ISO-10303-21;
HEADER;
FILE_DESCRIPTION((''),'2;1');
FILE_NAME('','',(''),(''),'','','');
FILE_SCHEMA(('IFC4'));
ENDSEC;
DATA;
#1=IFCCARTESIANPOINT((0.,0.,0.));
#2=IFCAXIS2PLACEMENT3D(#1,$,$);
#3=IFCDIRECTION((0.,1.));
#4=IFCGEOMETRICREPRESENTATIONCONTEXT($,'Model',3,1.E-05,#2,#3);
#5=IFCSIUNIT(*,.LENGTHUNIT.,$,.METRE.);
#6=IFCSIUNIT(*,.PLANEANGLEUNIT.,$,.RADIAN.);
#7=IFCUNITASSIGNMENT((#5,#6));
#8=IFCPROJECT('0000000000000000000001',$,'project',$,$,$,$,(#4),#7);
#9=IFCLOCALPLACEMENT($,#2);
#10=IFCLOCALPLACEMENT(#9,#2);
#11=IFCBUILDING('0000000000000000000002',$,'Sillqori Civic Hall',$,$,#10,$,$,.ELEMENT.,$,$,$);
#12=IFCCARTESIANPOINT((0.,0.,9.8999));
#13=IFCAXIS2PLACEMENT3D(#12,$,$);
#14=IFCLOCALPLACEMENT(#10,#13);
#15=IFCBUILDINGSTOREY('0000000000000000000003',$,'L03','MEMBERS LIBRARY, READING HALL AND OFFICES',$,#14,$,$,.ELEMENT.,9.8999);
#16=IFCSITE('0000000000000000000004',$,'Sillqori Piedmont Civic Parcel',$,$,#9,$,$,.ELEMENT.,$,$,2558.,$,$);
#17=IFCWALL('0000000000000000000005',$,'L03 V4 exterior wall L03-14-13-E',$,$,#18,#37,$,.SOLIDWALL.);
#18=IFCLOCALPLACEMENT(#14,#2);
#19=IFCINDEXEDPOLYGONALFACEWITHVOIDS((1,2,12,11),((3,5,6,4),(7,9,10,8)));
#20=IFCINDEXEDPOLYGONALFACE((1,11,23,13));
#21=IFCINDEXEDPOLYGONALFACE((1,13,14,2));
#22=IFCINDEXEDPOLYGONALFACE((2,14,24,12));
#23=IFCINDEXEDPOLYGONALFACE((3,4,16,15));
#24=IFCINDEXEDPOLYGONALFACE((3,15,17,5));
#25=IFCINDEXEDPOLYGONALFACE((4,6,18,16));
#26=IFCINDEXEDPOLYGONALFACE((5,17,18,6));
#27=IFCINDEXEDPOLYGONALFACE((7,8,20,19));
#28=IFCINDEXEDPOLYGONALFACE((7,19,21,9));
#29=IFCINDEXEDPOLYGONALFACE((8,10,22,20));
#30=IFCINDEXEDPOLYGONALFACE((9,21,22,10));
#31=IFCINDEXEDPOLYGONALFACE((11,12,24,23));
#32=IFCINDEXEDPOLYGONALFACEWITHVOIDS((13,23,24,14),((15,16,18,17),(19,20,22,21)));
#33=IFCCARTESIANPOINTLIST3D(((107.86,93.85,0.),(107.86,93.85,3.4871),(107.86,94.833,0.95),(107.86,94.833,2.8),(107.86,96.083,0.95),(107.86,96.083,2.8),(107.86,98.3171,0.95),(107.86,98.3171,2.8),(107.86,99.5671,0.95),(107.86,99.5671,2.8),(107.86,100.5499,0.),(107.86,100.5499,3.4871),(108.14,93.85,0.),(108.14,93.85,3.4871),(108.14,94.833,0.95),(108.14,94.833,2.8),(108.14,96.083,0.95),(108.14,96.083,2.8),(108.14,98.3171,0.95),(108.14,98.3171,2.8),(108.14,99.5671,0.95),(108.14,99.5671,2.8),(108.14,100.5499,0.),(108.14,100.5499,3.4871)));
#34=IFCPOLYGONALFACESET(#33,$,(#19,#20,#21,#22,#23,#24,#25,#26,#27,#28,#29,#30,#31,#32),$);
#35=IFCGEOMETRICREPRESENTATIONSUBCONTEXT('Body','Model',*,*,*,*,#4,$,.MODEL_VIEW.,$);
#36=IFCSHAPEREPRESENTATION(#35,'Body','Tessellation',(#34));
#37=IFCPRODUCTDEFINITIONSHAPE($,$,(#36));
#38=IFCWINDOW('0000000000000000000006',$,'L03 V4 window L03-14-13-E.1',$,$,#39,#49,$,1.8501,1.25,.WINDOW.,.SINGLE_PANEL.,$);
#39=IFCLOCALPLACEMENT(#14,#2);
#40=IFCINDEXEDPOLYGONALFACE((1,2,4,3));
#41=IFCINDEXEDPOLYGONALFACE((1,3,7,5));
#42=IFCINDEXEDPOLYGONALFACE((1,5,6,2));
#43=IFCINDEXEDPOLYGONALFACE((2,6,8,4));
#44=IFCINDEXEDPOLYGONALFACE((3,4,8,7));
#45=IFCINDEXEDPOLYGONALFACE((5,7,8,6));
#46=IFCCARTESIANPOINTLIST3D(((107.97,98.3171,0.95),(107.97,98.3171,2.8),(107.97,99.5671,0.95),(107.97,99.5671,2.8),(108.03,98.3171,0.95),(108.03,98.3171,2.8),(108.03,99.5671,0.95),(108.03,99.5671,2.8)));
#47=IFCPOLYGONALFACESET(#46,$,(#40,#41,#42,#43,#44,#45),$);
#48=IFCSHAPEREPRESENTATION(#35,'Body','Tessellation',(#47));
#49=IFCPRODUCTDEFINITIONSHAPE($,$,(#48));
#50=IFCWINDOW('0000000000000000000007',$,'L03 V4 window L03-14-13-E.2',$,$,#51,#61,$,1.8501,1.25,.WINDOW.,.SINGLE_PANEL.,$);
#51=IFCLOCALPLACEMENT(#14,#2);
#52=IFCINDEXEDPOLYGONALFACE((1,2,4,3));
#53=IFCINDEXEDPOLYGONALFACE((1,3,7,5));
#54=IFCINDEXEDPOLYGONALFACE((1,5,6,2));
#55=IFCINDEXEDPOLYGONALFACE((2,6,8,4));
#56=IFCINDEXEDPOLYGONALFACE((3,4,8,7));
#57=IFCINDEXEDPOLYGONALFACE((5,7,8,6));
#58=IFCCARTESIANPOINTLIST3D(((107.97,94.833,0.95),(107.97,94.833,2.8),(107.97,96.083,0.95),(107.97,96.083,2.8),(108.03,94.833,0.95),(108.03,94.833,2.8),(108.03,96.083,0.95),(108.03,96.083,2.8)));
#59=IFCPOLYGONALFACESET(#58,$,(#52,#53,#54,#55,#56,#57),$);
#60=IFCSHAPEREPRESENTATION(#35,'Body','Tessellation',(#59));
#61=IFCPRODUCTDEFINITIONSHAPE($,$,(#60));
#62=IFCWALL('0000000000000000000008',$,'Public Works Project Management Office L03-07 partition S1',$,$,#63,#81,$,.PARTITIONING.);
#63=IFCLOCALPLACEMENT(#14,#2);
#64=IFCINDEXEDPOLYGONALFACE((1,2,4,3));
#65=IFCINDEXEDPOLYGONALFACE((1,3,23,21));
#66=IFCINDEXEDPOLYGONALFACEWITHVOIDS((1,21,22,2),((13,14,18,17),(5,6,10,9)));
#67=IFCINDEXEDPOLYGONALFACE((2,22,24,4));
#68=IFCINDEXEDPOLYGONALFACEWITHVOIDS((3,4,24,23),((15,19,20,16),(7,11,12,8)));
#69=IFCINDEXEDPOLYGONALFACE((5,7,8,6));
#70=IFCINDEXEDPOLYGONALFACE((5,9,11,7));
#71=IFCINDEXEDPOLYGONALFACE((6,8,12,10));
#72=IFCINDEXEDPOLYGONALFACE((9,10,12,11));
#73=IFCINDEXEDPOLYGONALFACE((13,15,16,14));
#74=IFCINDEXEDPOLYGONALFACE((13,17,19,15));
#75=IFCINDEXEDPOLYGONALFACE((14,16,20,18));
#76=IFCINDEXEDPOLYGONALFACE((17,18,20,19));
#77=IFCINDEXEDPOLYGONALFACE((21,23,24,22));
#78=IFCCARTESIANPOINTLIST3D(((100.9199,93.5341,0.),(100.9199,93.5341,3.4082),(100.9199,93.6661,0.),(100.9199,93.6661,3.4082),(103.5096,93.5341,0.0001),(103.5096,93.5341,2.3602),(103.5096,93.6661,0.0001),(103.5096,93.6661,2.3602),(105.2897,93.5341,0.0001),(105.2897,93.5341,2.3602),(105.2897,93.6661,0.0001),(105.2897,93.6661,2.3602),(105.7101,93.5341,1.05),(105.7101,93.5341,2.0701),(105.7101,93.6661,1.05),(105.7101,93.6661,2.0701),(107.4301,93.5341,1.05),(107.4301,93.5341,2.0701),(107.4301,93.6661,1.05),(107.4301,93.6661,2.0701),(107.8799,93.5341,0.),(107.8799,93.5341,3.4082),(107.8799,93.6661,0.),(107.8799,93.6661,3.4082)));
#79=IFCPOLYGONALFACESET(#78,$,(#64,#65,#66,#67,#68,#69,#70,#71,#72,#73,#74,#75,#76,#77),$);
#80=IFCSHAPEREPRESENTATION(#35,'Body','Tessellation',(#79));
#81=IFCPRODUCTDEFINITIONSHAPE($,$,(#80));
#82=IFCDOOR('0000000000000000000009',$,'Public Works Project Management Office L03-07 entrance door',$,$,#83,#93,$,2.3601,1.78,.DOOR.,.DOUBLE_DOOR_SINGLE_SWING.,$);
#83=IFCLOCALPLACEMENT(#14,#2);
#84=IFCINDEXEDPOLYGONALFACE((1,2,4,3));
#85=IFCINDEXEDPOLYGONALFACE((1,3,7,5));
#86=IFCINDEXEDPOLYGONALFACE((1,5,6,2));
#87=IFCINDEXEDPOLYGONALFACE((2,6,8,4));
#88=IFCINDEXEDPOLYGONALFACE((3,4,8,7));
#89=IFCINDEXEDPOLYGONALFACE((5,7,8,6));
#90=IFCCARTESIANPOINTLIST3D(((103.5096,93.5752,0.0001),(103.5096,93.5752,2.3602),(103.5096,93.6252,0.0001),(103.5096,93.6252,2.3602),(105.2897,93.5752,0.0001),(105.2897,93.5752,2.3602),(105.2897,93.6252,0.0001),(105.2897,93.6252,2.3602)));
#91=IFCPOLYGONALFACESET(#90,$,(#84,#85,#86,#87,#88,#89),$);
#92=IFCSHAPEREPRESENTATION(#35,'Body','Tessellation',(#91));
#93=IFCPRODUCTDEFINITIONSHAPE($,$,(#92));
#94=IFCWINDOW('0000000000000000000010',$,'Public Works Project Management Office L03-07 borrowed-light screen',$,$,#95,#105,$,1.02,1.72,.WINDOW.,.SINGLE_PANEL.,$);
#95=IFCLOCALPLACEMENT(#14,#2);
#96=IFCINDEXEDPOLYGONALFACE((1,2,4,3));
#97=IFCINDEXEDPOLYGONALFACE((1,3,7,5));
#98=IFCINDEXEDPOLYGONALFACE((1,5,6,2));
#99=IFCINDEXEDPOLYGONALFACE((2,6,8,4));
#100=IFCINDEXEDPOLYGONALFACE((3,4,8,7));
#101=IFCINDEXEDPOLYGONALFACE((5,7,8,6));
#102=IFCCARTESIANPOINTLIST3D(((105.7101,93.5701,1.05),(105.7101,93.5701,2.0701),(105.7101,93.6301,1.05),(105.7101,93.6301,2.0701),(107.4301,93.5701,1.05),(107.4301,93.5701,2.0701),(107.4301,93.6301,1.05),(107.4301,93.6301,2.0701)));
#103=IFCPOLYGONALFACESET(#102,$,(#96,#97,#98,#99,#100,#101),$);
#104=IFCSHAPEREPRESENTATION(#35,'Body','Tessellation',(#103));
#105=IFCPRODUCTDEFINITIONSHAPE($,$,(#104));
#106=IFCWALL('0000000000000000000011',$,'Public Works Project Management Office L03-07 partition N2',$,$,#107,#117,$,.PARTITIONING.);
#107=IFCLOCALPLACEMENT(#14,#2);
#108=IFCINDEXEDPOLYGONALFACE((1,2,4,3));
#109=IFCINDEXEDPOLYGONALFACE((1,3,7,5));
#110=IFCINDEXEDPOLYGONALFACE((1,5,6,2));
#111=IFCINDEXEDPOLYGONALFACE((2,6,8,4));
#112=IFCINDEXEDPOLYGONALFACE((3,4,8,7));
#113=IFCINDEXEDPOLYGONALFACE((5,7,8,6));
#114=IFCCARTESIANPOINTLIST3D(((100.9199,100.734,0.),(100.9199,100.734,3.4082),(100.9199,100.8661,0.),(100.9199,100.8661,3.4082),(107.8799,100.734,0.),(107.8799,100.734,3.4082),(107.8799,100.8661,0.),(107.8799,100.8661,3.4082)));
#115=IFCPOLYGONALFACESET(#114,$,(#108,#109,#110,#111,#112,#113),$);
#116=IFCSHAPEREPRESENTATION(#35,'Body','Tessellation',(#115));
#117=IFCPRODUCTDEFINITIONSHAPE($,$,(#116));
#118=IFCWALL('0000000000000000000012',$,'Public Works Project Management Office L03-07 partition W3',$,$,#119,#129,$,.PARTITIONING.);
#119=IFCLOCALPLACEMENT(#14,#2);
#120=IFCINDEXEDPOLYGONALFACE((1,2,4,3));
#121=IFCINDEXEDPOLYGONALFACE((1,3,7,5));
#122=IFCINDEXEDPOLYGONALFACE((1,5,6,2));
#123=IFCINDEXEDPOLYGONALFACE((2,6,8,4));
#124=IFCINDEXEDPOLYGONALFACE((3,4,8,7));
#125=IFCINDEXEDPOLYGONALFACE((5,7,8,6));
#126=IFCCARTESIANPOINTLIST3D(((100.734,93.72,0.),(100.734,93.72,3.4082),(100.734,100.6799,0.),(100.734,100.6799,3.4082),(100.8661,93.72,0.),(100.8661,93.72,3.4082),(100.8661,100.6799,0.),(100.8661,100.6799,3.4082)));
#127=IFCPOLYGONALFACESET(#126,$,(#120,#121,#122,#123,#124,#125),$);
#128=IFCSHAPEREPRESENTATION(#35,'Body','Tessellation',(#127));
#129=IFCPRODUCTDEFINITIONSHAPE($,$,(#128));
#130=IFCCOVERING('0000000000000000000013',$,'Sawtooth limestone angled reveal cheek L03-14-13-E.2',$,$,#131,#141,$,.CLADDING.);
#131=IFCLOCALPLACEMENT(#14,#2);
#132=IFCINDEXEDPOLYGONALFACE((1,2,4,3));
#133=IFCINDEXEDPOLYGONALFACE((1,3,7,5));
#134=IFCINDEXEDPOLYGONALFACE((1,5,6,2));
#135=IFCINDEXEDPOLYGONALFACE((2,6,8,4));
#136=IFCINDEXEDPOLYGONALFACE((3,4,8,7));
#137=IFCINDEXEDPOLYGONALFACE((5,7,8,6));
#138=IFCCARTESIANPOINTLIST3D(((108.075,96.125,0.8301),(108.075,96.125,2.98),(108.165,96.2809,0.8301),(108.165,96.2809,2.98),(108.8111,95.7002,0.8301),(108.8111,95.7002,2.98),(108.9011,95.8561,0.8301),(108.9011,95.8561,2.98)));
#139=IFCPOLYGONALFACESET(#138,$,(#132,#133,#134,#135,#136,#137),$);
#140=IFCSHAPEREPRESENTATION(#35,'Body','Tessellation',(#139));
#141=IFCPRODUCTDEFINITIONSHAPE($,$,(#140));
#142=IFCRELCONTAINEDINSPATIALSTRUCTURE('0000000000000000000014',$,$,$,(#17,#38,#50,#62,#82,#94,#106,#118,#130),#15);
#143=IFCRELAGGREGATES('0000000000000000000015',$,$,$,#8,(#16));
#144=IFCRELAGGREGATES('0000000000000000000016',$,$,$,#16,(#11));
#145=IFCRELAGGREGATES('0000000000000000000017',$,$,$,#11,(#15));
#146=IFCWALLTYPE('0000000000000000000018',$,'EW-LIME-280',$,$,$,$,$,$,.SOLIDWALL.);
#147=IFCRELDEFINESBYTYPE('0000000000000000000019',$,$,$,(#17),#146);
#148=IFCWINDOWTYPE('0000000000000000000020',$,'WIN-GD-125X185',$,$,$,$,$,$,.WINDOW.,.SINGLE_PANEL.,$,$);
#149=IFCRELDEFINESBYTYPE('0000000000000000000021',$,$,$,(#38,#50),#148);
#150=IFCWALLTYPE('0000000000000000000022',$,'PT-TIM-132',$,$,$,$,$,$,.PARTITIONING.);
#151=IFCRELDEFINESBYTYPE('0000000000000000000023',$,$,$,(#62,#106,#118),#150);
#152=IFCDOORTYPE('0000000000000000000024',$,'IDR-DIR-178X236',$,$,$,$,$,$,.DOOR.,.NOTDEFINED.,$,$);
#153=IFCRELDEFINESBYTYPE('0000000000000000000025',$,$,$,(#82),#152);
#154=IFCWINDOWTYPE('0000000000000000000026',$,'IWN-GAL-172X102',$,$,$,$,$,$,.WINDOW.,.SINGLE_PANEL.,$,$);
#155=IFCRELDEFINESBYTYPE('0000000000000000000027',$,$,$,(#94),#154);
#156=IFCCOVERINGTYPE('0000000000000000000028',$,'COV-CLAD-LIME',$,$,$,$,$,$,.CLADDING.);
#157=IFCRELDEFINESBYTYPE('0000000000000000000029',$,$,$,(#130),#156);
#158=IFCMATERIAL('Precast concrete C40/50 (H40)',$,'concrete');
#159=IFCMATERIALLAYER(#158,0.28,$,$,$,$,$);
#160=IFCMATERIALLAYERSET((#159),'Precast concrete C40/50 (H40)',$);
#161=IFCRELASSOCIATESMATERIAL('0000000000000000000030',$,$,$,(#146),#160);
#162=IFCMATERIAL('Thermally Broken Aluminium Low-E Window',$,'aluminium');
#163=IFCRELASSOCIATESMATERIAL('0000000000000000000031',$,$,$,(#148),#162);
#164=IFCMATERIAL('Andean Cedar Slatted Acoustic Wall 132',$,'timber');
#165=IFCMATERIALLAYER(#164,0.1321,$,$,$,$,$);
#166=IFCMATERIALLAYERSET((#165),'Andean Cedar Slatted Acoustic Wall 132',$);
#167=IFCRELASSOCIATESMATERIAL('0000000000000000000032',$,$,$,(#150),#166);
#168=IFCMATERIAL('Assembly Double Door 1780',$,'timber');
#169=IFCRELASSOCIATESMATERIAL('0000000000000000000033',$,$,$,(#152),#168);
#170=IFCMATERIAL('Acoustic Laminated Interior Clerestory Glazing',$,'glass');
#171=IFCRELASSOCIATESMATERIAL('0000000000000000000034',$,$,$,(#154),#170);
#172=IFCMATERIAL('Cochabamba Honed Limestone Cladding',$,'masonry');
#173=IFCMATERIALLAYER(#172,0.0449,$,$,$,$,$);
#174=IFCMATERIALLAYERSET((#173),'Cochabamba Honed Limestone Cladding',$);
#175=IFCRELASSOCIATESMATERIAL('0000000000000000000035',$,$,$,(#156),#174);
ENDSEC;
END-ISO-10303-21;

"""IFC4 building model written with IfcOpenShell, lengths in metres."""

from ifc_helpers import new_model, si_unit, direction, frame, frame_2d, origin, place, context, subcontext, project, spatial, rectangle, extrude, material, layer, layer_set, type_object, element, fill, save


model = new_model("IFC4")

# Units and contexts
model_context = context("Model", 3, precision=1e-05, world=origin(), true_north=direction((0.0, 1.0)))
body_context = subcontext(model_context, "Body", "Model", "MODEL_VIEW")
ifc_project = project(units=[si_unit("LENGTHUNIT", "METRE"), si_unit("PLANEANGLEUNIT", "RADIAN")], contexts=[model_context])

# Site, building, storey
site_placement = place(None, origin())
site = spatial("IfcSite", under=ifc_project, at=site_placement, Name="Sillqori Piedmont Civic Parcel", CompositionType="ELEMENT", RefElevation=2558.0)
building_placement = place(site_placement, origin())
building = spatial("IfcBuilding", under=site, at=building_placement, Name="Sillqori Civic Hall", CompositionType="ELEMENT")
storey_placement = place(building_placement, frame((0.0, 0.0, 9.8999)))
storey = spatial("IfcBuildingStorey", under=building, at=storey_placement, Name="L03", Description="MEMBERS LIBRARY, READING HALL AND OFFICES", CompositionType="ELEMENT", Elevation=9.8999)

# Wall, openings, windows
ifc_material_1 = material(Name="Precast concrete C40/50 (H40)", Category="concrete")
ifc_layer_1 = layer(ifc_material_1, 0.28)
ifc_layer_set_1 = layer_set([ifc_layer_1], Name="Precast concrete C40/50 (H40)")
wall_type_1 = type_object("IfcWallType", Name="EW-LIME-280", PredefinedType="SOLIDWALL", material=ifc_layer_set_1)
wall_1_placement = place(storey_placement, frame((108.0, 100.55, 0.0), z_axis=(0.0, 0.0, 1.0), x_axis=(0.0, -1.0, 0.0)))
wall_1 = element("IfcWall", 1, at=wall_1_placement, inside=storey, type_object=wall_type_1, Name="L03 V4 exterior wall L03-14-13-E", PredefinedType="SOLIDWALL", context=body_context, shape_type="SweptSolid", body=[
    extrude(rectangle(XDim=6.7, YDim=0.28, at=frame_2d((3.3501, 0.0))), origin(), (0.0, 0.0, 1.0), 3.4871),
])
opening_1_placement = place(wall_1_placement, frame((0.9829, 0.0, 0.95)))
opening_1 = element("IfcOpeningElement", 2, at=opening_1_placement, cuts=wall_1, PredefinedType="OPENING", context=body_context, shape_type="SweptSolid", body=[
    extrude(rectangle(XDim=1.25, YDim=1.8501, at=frame_2d((0.625, 0.925))), frame((0.0, 0.1499, 0.0), z_axis=(0.0, -1.0, 0.0), x_axis=(1.0, 0.0, 0.0)), (0.0, 0.0, 1.0), 0.3),
])
opening_2_placement = place(wall_1_placement, frame((4.467, 0.0, 0.95)))
opening_2 = element("IfcOpeningElement", 3, at=opening_2_placement, cuts=wall_1, PredefinedType="OPENING", context=body_context, shape_type="SweptSolid", body=[
    extrude(rectangle(XDim=1.25, YDim=1.8501, at=frame_2d((0.625, 0.925))), frame((0.0, 0.1499, 0.0), z_axis=(0.0, -1.0, 0.0), x_axis=(1.0, 0.0, 0.0)), (0.0, 0.0, 1.0), 0.3),
])
ifc_material_2 = material(Name="Thermally Broken Aluminium Low-E Window", Category="aluminium")
window_type_1 = type_object("IfcWindowType", Name="WIN-GD-125X185", PartitioningType="SINGLE_PANEL", PredefinedType="WINDOW", material=ifc_material_2)
window_1_placement = place(opening_1_placement, origin())
window_1 = element("IfcWindow", 4, at=window_1_placement, inside=storey, type_object=window_type_1, Name="L03 V4 window L03-14-13-E.1", OverallHeight=1.8501, OverallWidth=1.25, PartitioningType="SINGLE_PANEL", PredefinedType="WINDOW", context=body_context, shape_type="SweptSolid", body=[
    extrude(rectangle(XDim=1.25, YDim=1.8501, at=frame_2d((0.625, 0.925))), frame((0.0, 0.03, 0.0), z_axis=(0.0, -1.0, 0.0), x_axis=(1.0, 0.0, 0.0)), (0.0, 0.0, 1.0), 0.0601),
])
fill(opening_1, window_1)
window_2_placement = place(opening_2_placement, origin())
window_2 = element("IfcWindow", 5, at=window_2_placement, inside=storey, type_object=window_type_1, Name="L03 V4 window L03-14-13-E.2", OverallHeight=1.8501, OverallWidth=1.25, PartitioningType="SINGLE_PANEL", PredefinedType="WINDOW", context=body_context, shape_type="SweptSolid", body=[
    extrude(rectangle(XDim=1.25, YDim=1.8501, at=frame_2d((0.625, 0.925))), frame((0.0, 0.03, 0.0), z_axis=(0.0, -1.0, 0.0), x_axis=(1.0, 0.0, 0.0)), (0.0, 0.0, 1.0), 0.0601),
])
fill(opening_2, window_2)

# Wall, openings, door, window
ifc_material_3 = material(Name="Andean Cedar Slatted Acoustic Wall 132", Category="timber")
ifc_layer_2 = layer(ifc_material_3, 0.1321)
ifc_layer_set_2 = layer_set([ifc_layer_2], Name="Andean Cedar Slatted Acoustic Wall 132")
wall_type_2 = type_object("IfcWallType", Name="PT-TIM-132", PredefinedType="PARTITIONING", material=ifc_layer_set_2)
wall_2_placement = place(storey_placement, frame((107.8799, 93.6001, 0.0), z_axis=(0.0, 0.0, 1.0), x_axis=(-1.0, 0.0, 0.0)))
wall_2 = element("IfcWall", 6, at=wall_2_placement, inside=storey, type_object=wall_type_2, Name="Public Works Project Management Office L03-07 partition S1", PredefinedType="PARTITIONING", context=body_context, shape_type="SweptSolid", body=[
    extrude(rectangle(XDim=6.96, YDim=0.1321, at=frame_2d((3.48, 0.0))), origin(), (0.0, 0.0, 1.0), 3.4082),
])
opening_3_placement = place(wall_2_placement, frame((2.5901, 0.0, 0.0)))
opening_3 = element("IfcOpeningElement", 7, at=opening_3_placement, cuts=wall_2, PredefinedType="OPENING", context=body_context, shape_type="SweptSolid", body=[
    extrude(rectangle(XDim=1.78, YDim=2.3601, at=frame_2d((0.8901, 1.1802))), frame((0.0, 0.0759, 0.0), z_axis=(0.0, -1.0, 0.0), x_axis=(1.0, 0.0, 0.0)), (0.0, 0.0, 1.0), 0.1521),
])
opening_4_placement = place(wall_2_placement, frame((0.45, 0.0, 1.05)))
opening_4 = element("IfcOpeningElement", 8, at=opening_4_placement, cuts=wall_2, PredefinedType="OPENING", context=body_context, shape_type="SweptSolid", body=[
    extrude(rectangle(XDim=1.72, YDim=1.02, at=frame_2d((0.8599, 0.51))), frame((0.0, 0.0759, 0.0), z_axis=(0.0, -1.0, 0.0), x_axis=(1.0, 0.0, 0.0)), (0.0, 0.0, 1.0), 0.1521),
])
ifc_material_4 = material(Name="Assembly Double Door 1780", Category="timber")
door_type = type_object("IfcDoorType", Name="IDR-DIR-178X236", OperationType="NOTDEFINED", PredefinedType="DOOR", material=ifc_material_4)
door_placement = place(opening_3_placement, origin())
door = element("IfcDoor", 9, at=door_placement, inside=storey, type_object=door_type, Name="Public Works Project Management Office L03-07 entrance door", OperationType="DOUBLE_DOOR_SINGLE_SWING", OverallHeight=2.3601, OverallWidth=1.78, PredefinedType="DOOR", context=body_context, shape_type="SweptSolid", body=[
    extrude(rectangle(XDim=1.78, YDim=2.3601, at=frame_2d((0.8901, 1.1802))), frame((0.0, 0.0249, 0.0), z_axis=(0.0, -1.0, 0.0), x_axis=(1.0, 0.0, 0.0)), (0.0, 0.0, 1.0), 0.05),
])
fill(opening_3, door)
ifc_material_5 = material(Name="Acoustic Laminated Interior Clerestory Glazing", Category="glass")
window_type_2 = type_object("IfcWindowType", Name="IWN-GAL-172X102", PartitioningType="SINGLE_PANEL", PredefinedType="WINDOW", material=ifc_material_5)
window_3_placement = place(opening_4_placement, origin())
window_3 = element("IfcWindow", 10, at=window_3_placement, inside=storey, type_object=window_type_2, Name="Public Works Project Management Office L03-07 borrowed-light screen", OverallHeight=1.02, OverallWidth=1.72, PartitioningType="SINGLE_PANEL", PredefinedType="WINDOW", context=body_context, shape_type="SweptSolid", body=[
    extrude(rectangle(XDim=1.72, YDim=1.02, at=frame_2d((0.8599, 0.51))), frame((0.0, 0.03, 0.0), z_axis=(0.0, -1.0, 0.0), x_axis=(1.0, 0.0, 0.0)), (0.0, 0.0, 1.0), 0.0601),
])
fill(opening_4, window_3)

# Walls
for number, where, z_axis, x_axis, name in (
    (11, (100.9199, 100.8, 0.0), (0.0, 0.0, 1.0), (1.0, 0.0, 0.0), "Public Works Project Management Office L03-07 partition N2"),
    (12, (100.8, 93.72, 0.0), (0.0, 0.0, 1.0), (0.0, 1.0, 0.0), "Public Works Project Management Office L03-07 partition W3"),
):
    element("IfcWall", number, at=place(storey_placement, frame(where, z_axis=z_axis, x_axis=x_axis)), inside=storey, type_object=wall_type_2, Name=name, PredefinedType="PARTITIONING", context=body_context, shape_type="SweptSolid", body=[
        extrude(rectangle(XDim=6.96, YDim=0.1321, at=frame_2d((3.48, 0.0))), origin(), (0.0, 0.0, 1.0), 3.4082),
    ])

# Covering
ifc_material_6 = material(Name="Cochabamba Honed Limestone Cladding", Category="masonry")
ifc_layer_3 = layer(ifc_material_6, 0.0449)
ifc_layer_set_3 = layer_set([ifc_layer_3], Name="Cochabamba Honed Limestone Cladding")
covering_type = type_object("IfcCoveringType", Name="COV-CLAD-LIME", PredefinedType="CLADDING", material=ifc_layer_set_3)
covering_placement = place(storey_placement, frame((108.1201, 96.2029, 0.8301), z_axis=(0.0, 0.0, 1.0), x_axis=(0.866114, -0.499847, 0.0)))
element("IfcCovering", 13, at=covering_placement, inside=storey, type_object=covering_type, Name="Sawtooth limestone angled reveal cheek L03-14-13-E.2", PredefinedType="CLADDING", context=body_context, shape_type="SweptSolid", body=[
    extrude(rectangle(XDim=0.8499, YDim=0.1799, at=frame_2d((0.4248, 0.0))), origin(), (0.0, 0.0, 1.0), 2.1499),
])

save(model, "model.ifc")
